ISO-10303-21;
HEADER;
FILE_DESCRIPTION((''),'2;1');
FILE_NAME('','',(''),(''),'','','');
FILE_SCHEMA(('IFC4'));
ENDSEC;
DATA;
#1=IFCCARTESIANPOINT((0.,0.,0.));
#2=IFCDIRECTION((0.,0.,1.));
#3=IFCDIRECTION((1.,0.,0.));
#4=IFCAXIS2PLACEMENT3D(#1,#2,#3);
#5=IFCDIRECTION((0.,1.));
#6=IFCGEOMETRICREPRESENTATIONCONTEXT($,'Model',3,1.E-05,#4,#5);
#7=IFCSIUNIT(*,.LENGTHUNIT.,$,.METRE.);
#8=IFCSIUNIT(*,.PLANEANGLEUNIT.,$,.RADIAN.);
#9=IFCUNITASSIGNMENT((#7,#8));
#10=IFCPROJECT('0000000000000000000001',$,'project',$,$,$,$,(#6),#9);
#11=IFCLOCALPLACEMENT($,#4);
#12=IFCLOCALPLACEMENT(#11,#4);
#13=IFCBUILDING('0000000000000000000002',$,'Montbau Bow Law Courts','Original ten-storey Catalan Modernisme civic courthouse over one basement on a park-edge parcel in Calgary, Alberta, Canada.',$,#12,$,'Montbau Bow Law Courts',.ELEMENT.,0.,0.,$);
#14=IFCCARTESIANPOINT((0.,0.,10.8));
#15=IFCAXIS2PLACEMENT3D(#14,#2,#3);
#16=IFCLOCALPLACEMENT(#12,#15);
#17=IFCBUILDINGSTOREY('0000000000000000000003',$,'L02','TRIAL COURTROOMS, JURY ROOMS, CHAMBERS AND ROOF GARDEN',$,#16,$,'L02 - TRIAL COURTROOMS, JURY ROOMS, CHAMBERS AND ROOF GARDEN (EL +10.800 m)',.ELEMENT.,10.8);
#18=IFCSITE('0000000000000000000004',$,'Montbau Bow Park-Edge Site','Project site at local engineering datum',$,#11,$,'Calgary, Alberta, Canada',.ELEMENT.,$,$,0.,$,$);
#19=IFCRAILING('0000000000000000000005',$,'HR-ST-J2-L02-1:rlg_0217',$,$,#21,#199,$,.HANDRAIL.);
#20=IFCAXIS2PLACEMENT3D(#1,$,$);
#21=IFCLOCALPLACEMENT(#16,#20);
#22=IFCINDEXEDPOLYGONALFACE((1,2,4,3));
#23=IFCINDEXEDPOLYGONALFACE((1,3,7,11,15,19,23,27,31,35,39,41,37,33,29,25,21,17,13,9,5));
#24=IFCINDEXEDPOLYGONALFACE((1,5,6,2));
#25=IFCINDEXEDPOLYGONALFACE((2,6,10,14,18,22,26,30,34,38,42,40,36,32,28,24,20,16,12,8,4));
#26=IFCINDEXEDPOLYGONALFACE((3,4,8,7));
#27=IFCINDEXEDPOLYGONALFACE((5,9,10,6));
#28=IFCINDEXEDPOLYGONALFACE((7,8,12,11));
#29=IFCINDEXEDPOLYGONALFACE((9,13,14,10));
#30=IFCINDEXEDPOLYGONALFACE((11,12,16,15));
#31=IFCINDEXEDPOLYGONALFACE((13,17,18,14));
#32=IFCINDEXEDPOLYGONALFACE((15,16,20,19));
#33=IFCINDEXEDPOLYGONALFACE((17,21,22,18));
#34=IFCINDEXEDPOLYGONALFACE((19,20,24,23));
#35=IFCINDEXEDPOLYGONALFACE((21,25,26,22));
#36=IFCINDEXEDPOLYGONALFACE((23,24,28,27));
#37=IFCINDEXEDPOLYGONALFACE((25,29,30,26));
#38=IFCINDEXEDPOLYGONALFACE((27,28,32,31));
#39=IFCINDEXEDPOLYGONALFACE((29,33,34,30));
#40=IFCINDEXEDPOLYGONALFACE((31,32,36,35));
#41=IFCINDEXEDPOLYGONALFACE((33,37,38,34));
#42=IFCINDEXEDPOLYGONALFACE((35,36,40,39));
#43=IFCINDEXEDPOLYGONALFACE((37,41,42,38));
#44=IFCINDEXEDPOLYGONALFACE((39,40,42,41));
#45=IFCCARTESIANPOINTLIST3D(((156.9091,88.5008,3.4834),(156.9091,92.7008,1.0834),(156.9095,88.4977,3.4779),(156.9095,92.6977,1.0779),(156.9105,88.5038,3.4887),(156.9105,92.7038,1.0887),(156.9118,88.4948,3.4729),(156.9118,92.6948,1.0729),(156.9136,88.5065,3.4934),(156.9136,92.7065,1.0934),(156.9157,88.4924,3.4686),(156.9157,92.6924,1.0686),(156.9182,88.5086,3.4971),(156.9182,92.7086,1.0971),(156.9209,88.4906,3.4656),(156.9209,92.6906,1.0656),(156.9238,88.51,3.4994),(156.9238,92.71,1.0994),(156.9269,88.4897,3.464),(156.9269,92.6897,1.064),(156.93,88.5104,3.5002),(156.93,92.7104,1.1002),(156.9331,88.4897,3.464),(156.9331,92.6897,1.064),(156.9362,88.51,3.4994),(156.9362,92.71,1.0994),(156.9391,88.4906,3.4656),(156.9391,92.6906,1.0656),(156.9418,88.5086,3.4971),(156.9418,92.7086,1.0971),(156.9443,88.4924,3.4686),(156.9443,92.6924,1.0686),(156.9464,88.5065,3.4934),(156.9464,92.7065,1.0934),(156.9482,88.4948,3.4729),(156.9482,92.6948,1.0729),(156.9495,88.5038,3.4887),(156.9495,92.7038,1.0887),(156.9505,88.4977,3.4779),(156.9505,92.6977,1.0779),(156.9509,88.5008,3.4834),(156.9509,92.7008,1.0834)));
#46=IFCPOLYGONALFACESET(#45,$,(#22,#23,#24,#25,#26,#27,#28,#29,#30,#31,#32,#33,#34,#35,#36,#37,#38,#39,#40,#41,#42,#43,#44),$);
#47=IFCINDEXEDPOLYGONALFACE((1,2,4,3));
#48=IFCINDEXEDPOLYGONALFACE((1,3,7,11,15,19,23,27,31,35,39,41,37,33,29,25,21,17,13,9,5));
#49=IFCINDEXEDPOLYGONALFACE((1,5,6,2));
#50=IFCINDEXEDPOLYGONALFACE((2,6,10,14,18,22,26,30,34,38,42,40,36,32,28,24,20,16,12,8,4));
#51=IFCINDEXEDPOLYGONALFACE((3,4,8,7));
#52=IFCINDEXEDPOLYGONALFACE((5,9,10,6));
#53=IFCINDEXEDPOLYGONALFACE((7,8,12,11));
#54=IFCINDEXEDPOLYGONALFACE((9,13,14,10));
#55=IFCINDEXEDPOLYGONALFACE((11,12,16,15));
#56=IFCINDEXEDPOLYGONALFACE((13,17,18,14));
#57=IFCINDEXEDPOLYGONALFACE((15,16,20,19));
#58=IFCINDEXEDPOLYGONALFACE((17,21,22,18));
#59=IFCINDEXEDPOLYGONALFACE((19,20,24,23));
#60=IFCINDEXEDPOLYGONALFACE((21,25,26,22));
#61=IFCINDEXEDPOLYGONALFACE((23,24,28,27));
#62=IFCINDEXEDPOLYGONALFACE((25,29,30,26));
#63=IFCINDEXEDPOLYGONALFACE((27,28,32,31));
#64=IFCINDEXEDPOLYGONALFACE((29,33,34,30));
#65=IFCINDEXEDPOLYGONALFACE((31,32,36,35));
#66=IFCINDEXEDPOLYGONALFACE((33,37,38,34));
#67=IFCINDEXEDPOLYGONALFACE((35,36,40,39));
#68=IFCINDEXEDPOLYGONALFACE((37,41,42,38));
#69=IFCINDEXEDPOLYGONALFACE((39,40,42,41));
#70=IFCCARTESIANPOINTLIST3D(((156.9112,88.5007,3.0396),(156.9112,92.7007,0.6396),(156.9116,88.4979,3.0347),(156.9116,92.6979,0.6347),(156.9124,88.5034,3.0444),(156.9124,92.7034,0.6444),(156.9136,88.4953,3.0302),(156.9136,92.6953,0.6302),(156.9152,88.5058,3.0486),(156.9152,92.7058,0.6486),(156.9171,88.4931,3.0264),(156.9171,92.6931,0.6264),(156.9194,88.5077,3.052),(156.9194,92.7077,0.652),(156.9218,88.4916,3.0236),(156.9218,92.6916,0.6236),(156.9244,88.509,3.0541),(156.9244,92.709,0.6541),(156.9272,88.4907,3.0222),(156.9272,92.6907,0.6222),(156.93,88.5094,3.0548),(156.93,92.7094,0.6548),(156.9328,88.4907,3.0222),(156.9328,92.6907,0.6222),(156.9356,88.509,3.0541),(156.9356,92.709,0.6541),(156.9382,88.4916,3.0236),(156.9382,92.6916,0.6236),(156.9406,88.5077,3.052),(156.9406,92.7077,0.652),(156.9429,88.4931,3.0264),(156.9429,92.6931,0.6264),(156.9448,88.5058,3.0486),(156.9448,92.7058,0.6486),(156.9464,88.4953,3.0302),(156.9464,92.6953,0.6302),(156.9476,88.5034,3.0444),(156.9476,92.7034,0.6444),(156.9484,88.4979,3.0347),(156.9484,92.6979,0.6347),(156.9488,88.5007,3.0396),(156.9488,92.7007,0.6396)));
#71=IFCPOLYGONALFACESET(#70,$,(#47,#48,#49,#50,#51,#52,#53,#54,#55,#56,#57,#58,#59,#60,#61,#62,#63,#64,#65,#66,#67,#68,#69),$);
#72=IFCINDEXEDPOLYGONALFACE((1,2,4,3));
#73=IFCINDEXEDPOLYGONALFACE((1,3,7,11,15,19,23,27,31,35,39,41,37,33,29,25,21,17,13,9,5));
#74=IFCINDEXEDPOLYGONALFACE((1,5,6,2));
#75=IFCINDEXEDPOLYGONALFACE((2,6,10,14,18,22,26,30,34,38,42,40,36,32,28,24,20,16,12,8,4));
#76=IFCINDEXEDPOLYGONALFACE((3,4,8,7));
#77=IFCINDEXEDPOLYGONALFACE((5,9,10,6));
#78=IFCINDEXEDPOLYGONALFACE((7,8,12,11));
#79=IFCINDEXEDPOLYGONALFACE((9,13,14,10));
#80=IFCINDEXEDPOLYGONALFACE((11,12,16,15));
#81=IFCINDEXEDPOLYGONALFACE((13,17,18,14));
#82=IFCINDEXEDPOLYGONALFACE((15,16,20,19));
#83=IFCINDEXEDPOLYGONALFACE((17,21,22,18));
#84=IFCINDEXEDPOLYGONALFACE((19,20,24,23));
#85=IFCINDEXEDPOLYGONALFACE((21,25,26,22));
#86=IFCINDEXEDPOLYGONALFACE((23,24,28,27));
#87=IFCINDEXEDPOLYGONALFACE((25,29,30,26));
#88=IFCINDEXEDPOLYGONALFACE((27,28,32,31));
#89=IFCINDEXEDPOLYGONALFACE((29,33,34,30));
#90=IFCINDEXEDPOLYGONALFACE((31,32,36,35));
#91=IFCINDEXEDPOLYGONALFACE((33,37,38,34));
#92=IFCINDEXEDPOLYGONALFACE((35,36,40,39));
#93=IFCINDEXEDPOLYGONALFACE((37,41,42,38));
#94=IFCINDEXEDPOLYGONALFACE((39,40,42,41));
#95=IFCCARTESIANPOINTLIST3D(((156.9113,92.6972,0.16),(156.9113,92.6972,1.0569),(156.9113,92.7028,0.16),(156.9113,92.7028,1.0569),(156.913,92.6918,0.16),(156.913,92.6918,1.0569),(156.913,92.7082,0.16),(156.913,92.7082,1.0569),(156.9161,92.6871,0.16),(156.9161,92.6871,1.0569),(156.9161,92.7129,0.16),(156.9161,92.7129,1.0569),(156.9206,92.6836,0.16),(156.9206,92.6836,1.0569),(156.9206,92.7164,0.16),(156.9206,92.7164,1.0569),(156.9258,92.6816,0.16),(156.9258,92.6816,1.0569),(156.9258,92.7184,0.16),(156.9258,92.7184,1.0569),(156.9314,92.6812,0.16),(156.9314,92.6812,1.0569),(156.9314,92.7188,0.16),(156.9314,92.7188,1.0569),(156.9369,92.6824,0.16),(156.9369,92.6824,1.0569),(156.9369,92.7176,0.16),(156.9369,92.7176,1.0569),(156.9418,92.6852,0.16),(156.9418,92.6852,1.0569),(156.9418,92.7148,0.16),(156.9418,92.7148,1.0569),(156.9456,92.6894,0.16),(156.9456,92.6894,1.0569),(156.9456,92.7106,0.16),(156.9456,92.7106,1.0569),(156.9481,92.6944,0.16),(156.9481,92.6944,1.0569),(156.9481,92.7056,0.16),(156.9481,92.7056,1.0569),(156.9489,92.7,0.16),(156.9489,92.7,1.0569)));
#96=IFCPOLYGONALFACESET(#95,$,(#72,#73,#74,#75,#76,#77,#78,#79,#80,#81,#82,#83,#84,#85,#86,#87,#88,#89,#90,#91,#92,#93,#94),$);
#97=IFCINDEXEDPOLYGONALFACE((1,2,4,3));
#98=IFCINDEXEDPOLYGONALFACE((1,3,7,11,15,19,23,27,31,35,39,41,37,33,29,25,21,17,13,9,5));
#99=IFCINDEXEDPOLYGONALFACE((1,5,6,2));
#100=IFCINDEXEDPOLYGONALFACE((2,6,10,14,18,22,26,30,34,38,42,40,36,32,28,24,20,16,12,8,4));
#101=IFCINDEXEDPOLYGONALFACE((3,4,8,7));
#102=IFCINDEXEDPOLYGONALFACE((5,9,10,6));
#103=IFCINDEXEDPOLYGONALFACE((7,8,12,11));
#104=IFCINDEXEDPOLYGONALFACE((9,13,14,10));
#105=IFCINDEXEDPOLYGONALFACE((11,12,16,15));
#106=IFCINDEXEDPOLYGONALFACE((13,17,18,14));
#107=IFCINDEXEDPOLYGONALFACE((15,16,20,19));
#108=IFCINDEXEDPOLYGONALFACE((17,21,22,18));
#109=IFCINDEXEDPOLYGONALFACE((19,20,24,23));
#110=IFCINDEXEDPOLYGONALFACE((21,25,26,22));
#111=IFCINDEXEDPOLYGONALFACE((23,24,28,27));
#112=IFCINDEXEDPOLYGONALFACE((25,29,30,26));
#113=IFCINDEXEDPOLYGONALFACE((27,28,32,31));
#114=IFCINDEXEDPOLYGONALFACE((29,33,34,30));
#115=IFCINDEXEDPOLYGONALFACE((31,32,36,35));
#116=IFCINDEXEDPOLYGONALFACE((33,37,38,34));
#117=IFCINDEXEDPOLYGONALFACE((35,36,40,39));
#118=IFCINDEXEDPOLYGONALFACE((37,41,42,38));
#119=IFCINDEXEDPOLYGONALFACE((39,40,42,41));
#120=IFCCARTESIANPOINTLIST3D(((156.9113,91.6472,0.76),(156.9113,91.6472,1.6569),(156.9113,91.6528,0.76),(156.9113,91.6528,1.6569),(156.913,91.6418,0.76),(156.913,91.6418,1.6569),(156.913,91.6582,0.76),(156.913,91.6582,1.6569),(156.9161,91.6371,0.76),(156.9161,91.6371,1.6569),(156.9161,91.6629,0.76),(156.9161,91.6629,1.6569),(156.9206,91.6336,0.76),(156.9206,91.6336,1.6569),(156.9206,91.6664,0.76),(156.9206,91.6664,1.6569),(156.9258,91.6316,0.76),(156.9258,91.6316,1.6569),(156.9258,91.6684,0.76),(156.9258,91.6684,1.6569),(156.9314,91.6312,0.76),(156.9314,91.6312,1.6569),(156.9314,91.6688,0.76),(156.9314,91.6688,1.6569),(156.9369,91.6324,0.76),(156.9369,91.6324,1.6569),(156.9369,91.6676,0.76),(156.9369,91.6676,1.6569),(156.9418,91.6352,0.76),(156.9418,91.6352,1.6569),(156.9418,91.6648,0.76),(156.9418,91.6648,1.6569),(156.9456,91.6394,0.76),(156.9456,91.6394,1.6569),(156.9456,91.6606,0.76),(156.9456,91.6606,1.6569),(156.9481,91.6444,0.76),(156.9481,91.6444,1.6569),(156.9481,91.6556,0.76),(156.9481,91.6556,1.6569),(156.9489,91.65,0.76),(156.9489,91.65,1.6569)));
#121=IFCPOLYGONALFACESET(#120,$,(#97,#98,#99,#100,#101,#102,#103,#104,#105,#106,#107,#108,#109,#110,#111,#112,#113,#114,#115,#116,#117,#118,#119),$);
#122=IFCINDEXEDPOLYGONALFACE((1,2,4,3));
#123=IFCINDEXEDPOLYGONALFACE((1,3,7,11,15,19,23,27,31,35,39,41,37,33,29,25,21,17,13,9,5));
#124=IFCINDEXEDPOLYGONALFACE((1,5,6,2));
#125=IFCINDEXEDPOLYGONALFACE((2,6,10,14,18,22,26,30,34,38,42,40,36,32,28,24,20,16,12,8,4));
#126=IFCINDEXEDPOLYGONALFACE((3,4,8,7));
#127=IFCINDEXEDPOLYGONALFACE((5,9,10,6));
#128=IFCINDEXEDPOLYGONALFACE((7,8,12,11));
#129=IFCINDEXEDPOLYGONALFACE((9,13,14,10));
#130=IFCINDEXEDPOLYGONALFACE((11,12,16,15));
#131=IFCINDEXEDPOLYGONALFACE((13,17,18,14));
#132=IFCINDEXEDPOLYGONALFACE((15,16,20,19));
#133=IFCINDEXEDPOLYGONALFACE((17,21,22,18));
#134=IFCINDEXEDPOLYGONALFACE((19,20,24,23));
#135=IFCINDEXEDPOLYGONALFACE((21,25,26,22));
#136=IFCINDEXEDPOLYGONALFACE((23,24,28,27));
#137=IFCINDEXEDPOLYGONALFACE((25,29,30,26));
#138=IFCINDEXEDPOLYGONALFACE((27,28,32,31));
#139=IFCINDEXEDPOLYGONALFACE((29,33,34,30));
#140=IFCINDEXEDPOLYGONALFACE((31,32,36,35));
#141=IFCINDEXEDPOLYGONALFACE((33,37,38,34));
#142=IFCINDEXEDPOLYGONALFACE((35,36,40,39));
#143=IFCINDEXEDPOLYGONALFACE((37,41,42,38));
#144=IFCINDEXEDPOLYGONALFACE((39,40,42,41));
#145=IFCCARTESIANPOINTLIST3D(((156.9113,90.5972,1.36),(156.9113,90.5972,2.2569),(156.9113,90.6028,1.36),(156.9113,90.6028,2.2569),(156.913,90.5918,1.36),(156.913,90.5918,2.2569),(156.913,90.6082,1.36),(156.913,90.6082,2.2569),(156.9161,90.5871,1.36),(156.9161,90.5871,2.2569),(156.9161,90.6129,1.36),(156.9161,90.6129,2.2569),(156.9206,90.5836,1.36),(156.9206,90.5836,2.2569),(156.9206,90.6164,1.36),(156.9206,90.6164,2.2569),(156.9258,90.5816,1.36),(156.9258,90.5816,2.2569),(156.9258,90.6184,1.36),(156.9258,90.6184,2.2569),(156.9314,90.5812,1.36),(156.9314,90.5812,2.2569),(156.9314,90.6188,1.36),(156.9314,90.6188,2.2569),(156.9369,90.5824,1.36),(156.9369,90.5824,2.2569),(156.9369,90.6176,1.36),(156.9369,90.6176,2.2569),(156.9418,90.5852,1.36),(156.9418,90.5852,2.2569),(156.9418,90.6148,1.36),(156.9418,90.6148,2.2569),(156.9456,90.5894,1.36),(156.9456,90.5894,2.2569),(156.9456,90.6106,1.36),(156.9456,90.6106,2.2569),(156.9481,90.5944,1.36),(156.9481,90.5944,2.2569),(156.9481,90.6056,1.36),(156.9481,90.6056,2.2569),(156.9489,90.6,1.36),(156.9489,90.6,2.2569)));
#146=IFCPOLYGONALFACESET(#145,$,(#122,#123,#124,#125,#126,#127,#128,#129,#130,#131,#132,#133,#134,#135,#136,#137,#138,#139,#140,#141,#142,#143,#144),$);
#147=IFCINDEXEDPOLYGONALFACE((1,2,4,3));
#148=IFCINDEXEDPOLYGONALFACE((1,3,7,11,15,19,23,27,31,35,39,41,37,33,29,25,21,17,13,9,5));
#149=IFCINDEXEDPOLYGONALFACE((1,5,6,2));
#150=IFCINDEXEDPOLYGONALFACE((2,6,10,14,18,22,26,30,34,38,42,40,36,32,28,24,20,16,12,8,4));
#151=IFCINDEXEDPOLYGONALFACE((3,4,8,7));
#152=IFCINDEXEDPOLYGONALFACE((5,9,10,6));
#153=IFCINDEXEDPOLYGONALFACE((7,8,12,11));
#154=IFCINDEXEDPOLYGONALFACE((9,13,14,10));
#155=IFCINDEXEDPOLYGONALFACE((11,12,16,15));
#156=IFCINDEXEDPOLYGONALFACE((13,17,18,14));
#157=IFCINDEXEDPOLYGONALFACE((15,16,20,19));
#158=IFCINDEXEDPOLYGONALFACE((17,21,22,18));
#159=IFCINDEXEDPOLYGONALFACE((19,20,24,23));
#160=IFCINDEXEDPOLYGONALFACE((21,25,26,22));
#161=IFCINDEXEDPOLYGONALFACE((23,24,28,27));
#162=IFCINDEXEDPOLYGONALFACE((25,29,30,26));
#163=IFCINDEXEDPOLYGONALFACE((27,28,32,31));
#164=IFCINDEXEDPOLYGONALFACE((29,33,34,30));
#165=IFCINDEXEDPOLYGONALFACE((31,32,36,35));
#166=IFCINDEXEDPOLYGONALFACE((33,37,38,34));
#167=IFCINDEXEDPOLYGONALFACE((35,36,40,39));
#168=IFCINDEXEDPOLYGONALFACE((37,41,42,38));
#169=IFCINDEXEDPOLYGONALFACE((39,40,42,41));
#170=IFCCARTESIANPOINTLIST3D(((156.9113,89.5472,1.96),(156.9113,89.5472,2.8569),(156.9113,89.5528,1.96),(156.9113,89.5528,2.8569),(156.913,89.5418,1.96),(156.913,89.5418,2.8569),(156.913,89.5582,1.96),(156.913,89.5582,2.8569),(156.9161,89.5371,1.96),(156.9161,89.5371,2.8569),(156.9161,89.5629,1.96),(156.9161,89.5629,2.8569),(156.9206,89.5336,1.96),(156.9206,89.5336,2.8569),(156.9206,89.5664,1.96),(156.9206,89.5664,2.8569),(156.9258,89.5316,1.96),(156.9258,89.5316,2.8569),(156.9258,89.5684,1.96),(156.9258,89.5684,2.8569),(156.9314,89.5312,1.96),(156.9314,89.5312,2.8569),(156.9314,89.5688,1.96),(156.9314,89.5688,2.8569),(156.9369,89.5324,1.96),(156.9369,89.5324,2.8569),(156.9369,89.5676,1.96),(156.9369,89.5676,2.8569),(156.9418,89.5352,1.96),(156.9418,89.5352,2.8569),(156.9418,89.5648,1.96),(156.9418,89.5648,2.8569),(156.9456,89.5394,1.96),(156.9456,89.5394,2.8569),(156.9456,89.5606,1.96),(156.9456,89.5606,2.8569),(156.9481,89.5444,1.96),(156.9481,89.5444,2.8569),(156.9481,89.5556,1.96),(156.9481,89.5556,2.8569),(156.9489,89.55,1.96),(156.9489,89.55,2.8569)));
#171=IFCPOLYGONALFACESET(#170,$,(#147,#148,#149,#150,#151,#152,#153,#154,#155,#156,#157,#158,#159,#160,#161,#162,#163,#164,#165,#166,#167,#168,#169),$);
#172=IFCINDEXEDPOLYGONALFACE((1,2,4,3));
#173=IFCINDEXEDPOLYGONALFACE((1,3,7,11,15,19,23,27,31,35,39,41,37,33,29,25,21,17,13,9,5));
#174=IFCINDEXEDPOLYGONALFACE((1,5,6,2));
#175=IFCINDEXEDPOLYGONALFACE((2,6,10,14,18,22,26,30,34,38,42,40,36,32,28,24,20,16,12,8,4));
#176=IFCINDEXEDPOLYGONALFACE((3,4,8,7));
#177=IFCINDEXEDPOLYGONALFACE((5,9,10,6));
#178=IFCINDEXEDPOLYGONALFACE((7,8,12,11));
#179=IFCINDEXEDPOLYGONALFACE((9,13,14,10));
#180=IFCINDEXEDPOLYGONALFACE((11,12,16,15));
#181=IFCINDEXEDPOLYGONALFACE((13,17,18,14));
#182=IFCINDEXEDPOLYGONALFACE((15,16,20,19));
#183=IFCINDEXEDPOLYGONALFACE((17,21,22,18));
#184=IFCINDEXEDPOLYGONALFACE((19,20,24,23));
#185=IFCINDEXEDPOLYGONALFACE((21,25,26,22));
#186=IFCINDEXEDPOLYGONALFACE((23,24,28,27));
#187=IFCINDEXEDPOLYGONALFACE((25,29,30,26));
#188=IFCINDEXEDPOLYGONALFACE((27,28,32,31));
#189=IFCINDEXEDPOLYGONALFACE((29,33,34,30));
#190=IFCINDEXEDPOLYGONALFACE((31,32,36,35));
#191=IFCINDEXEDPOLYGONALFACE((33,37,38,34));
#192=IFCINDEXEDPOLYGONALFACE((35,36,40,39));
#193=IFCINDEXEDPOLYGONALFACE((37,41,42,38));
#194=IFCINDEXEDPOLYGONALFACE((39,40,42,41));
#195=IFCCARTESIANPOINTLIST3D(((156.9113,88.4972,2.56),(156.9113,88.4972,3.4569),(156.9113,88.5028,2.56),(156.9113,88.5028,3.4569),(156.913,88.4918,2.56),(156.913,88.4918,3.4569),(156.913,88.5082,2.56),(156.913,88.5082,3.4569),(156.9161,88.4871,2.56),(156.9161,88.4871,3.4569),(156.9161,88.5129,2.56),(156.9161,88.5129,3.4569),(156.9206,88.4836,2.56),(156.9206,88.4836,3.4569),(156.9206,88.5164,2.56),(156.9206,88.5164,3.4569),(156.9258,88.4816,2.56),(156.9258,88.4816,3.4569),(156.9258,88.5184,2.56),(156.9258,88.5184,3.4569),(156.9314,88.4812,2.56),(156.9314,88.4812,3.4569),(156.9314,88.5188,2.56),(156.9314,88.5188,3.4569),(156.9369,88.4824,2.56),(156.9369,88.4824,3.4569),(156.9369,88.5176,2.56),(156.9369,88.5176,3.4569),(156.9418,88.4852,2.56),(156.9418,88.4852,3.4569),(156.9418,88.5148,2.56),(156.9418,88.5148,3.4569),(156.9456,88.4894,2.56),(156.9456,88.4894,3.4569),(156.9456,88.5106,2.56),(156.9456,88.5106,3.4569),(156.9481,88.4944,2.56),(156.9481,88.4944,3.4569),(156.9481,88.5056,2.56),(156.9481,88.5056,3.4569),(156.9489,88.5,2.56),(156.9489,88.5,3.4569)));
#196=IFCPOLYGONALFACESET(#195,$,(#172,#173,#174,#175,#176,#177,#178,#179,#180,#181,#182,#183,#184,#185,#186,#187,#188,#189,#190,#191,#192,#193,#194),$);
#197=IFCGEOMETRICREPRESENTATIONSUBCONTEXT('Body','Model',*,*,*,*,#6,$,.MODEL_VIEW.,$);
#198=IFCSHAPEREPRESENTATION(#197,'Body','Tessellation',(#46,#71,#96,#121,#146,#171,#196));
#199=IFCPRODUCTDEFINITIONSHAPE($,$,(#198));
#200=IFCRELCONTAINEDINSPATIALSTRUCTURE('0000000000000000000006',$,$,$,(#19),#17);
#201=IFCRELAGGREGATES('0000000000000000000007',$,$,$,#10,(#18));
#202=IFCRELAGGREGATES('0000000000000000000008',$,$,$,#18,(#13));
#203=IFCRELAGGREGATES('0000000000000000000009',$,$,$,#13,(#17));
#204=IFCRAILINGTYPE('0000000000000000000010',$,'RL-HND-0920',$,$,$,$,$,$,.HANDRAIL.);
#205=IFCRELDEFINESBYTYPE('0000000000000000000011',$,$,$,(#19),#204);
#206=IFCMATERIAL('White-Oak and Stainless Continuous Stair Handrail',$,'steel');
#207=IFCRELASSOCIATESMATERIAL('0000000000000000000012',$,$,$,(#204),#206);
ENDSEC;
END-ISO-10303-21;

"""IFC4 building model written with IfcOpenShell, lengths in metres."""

from ifc_helpers import new_model, si_unit, direction, frame, origin_with_axes, origin_2d_with_axis, place, context, subcontext, project, spatial, circle, extrude, material, type_object, element, save


model = new_model("IFC4")

# Units and contexts
model_context = context("Model", 3, precision=1e-05, world=origin_with_axes(), true_north=direction((0.0, 1.0)))
body_context = subcontext(model_context, "Body", "Model", "MODEL_VIEW")
ifc_project = project(units=[si_unit("LENGTHUNIT", "METRE"), si_unit("PLANEANGLEUNIT", "RADIAN")], contexts=[model_context])

# Site, building, storey
site_placement = place(None, origin_with_axes())
site = spatial("IfcSite", under=ifc_project, at=site_placement, Name="Montbau Bow Park-Edge Site", Description="Project site at local engineering datum", LongName="Calgary, Alberta, Canada", CompositionType="ELEMENT", RefElevation=0.0)
building_placement = place(site_placement, origin_with_axes())
building = spatial("IfcBuilding", under=site, at=building_placement, Name="Montbau Bow Law Courts", Description="Original ten-storey Catalan Modernisme civic courthouse over one basement on a park-edge parcel in Calgary, Alberta, Canada.", LongName="Montbau Bow Law Courts", CompositionType="ELEMENT", ElevationOfRefHeight=0.0, ElevationOfTerrain=0.0)
storey_placement = place(building_placement, frame((0.0, 0.0, 10.8), z_axis=(0.0, 0.0, 1.0), x_axis=(1.0, 0.0, 0.0)))
storey = spatial("IfcBuildingStorey", under=building, at=storey_placement, Name="L02", Description="TRIAL COURTROOMS, JURY ROOMS, CHAMBERS AND ROOF GARDEN", LongName="L02 - TRIAL COURTROOMS, JURY ROOMS, CHAMBERS AND ROOF GARDEN (EL +10.800 m)", CompositionType="ELEMENT", Elevation=10.8)

# Railing
ifc_material_1 = material(Name="White-Oak and Stainless Continuous Stair Handrail", Category="steel")
railing_type_1 = type_object("IfcRailingType", Name="RL-HND-0920", PredefinedType="HANDRAIL", material=ifc_material_1)
railing_1_placement = place(None, origin_with_axes())
element("IfcRailing", 1, at=railing_1_placement, inside=storey, type_object=railing_type_1, Name="HR-ST-J2-L02-1:rlg_0217", PredefinedType="HANDRAIL", context=body_context, shape_type="SweptSolid", body=[
    extrude(circle(Radius=0.021, at=origin_2d_with_axis()), frame((156.93, 92.7, 11.882), z_axis=(0.0, -0.868243, 0.496139), x_axis=(0.0, 0.496139, 0.868243)), (0.0, 0.0, 1.0), 4.8374),
    extrude(circle(Radius=0.0189, at=origin_2d_with_axis()), frame((156.93, 92.7, 11.4384), z_axis=(0.0, -0.868243, 0.496139), x_axis=(0.0, 0.496139, 0.868243)), (0.0, 0.0, 1.0), 4.8374),
    extrude(circle(Radius=0.0189, at=origin_2d_with_axis()), frame((156.93, 92.7, 10.96), z_axis=(0.0, 0.0, 1.0), x_axis=(1.0, 0.0, 0.0)), (0.0, 0.0, 1.0), 0.8969),
    extrude(circle(Radius=0.0189, at=origin_2d_with_axis()), frame((156.93, 91.65, 11.56), z_axis=(0.0, 0.0, 1.0), x_axis=(1.0, 0.0, 0.0)), (0.0, 0.0, 1.0), 0.8969),
    extrude(circle(Radius=0.0189, at=origin_2d_with_axis()), frame((156.93, 90.6, 12.16), z_axis=(0.0, 0.0, 1.0), x_axis=(1.0, 0.0, 0.0)), (0.0, 0.0, 1.0), 0.8969),
    extrude(circle(Radius=0.0189, at=origin_2d_with_axis()), frame((156.93, 89.55, 12.76), z_axis=(0.0, 0.0, 1.0), x_axis=(1.0, 0.0, 0.0)), (0.0, 0.0, 1.0), 0.8969),
    extrude(circle(Radius=0.0189, at=origin_2d_with_axis()), frame((156.93, 88.5, 13.36), z_axis=(0.0, 0.0, 1.0), x_axis=(1.0, 0.0, 0.0)), (0.0, 0.0, 1.0), 0.8969),
])

save(model, "model.ifc")
